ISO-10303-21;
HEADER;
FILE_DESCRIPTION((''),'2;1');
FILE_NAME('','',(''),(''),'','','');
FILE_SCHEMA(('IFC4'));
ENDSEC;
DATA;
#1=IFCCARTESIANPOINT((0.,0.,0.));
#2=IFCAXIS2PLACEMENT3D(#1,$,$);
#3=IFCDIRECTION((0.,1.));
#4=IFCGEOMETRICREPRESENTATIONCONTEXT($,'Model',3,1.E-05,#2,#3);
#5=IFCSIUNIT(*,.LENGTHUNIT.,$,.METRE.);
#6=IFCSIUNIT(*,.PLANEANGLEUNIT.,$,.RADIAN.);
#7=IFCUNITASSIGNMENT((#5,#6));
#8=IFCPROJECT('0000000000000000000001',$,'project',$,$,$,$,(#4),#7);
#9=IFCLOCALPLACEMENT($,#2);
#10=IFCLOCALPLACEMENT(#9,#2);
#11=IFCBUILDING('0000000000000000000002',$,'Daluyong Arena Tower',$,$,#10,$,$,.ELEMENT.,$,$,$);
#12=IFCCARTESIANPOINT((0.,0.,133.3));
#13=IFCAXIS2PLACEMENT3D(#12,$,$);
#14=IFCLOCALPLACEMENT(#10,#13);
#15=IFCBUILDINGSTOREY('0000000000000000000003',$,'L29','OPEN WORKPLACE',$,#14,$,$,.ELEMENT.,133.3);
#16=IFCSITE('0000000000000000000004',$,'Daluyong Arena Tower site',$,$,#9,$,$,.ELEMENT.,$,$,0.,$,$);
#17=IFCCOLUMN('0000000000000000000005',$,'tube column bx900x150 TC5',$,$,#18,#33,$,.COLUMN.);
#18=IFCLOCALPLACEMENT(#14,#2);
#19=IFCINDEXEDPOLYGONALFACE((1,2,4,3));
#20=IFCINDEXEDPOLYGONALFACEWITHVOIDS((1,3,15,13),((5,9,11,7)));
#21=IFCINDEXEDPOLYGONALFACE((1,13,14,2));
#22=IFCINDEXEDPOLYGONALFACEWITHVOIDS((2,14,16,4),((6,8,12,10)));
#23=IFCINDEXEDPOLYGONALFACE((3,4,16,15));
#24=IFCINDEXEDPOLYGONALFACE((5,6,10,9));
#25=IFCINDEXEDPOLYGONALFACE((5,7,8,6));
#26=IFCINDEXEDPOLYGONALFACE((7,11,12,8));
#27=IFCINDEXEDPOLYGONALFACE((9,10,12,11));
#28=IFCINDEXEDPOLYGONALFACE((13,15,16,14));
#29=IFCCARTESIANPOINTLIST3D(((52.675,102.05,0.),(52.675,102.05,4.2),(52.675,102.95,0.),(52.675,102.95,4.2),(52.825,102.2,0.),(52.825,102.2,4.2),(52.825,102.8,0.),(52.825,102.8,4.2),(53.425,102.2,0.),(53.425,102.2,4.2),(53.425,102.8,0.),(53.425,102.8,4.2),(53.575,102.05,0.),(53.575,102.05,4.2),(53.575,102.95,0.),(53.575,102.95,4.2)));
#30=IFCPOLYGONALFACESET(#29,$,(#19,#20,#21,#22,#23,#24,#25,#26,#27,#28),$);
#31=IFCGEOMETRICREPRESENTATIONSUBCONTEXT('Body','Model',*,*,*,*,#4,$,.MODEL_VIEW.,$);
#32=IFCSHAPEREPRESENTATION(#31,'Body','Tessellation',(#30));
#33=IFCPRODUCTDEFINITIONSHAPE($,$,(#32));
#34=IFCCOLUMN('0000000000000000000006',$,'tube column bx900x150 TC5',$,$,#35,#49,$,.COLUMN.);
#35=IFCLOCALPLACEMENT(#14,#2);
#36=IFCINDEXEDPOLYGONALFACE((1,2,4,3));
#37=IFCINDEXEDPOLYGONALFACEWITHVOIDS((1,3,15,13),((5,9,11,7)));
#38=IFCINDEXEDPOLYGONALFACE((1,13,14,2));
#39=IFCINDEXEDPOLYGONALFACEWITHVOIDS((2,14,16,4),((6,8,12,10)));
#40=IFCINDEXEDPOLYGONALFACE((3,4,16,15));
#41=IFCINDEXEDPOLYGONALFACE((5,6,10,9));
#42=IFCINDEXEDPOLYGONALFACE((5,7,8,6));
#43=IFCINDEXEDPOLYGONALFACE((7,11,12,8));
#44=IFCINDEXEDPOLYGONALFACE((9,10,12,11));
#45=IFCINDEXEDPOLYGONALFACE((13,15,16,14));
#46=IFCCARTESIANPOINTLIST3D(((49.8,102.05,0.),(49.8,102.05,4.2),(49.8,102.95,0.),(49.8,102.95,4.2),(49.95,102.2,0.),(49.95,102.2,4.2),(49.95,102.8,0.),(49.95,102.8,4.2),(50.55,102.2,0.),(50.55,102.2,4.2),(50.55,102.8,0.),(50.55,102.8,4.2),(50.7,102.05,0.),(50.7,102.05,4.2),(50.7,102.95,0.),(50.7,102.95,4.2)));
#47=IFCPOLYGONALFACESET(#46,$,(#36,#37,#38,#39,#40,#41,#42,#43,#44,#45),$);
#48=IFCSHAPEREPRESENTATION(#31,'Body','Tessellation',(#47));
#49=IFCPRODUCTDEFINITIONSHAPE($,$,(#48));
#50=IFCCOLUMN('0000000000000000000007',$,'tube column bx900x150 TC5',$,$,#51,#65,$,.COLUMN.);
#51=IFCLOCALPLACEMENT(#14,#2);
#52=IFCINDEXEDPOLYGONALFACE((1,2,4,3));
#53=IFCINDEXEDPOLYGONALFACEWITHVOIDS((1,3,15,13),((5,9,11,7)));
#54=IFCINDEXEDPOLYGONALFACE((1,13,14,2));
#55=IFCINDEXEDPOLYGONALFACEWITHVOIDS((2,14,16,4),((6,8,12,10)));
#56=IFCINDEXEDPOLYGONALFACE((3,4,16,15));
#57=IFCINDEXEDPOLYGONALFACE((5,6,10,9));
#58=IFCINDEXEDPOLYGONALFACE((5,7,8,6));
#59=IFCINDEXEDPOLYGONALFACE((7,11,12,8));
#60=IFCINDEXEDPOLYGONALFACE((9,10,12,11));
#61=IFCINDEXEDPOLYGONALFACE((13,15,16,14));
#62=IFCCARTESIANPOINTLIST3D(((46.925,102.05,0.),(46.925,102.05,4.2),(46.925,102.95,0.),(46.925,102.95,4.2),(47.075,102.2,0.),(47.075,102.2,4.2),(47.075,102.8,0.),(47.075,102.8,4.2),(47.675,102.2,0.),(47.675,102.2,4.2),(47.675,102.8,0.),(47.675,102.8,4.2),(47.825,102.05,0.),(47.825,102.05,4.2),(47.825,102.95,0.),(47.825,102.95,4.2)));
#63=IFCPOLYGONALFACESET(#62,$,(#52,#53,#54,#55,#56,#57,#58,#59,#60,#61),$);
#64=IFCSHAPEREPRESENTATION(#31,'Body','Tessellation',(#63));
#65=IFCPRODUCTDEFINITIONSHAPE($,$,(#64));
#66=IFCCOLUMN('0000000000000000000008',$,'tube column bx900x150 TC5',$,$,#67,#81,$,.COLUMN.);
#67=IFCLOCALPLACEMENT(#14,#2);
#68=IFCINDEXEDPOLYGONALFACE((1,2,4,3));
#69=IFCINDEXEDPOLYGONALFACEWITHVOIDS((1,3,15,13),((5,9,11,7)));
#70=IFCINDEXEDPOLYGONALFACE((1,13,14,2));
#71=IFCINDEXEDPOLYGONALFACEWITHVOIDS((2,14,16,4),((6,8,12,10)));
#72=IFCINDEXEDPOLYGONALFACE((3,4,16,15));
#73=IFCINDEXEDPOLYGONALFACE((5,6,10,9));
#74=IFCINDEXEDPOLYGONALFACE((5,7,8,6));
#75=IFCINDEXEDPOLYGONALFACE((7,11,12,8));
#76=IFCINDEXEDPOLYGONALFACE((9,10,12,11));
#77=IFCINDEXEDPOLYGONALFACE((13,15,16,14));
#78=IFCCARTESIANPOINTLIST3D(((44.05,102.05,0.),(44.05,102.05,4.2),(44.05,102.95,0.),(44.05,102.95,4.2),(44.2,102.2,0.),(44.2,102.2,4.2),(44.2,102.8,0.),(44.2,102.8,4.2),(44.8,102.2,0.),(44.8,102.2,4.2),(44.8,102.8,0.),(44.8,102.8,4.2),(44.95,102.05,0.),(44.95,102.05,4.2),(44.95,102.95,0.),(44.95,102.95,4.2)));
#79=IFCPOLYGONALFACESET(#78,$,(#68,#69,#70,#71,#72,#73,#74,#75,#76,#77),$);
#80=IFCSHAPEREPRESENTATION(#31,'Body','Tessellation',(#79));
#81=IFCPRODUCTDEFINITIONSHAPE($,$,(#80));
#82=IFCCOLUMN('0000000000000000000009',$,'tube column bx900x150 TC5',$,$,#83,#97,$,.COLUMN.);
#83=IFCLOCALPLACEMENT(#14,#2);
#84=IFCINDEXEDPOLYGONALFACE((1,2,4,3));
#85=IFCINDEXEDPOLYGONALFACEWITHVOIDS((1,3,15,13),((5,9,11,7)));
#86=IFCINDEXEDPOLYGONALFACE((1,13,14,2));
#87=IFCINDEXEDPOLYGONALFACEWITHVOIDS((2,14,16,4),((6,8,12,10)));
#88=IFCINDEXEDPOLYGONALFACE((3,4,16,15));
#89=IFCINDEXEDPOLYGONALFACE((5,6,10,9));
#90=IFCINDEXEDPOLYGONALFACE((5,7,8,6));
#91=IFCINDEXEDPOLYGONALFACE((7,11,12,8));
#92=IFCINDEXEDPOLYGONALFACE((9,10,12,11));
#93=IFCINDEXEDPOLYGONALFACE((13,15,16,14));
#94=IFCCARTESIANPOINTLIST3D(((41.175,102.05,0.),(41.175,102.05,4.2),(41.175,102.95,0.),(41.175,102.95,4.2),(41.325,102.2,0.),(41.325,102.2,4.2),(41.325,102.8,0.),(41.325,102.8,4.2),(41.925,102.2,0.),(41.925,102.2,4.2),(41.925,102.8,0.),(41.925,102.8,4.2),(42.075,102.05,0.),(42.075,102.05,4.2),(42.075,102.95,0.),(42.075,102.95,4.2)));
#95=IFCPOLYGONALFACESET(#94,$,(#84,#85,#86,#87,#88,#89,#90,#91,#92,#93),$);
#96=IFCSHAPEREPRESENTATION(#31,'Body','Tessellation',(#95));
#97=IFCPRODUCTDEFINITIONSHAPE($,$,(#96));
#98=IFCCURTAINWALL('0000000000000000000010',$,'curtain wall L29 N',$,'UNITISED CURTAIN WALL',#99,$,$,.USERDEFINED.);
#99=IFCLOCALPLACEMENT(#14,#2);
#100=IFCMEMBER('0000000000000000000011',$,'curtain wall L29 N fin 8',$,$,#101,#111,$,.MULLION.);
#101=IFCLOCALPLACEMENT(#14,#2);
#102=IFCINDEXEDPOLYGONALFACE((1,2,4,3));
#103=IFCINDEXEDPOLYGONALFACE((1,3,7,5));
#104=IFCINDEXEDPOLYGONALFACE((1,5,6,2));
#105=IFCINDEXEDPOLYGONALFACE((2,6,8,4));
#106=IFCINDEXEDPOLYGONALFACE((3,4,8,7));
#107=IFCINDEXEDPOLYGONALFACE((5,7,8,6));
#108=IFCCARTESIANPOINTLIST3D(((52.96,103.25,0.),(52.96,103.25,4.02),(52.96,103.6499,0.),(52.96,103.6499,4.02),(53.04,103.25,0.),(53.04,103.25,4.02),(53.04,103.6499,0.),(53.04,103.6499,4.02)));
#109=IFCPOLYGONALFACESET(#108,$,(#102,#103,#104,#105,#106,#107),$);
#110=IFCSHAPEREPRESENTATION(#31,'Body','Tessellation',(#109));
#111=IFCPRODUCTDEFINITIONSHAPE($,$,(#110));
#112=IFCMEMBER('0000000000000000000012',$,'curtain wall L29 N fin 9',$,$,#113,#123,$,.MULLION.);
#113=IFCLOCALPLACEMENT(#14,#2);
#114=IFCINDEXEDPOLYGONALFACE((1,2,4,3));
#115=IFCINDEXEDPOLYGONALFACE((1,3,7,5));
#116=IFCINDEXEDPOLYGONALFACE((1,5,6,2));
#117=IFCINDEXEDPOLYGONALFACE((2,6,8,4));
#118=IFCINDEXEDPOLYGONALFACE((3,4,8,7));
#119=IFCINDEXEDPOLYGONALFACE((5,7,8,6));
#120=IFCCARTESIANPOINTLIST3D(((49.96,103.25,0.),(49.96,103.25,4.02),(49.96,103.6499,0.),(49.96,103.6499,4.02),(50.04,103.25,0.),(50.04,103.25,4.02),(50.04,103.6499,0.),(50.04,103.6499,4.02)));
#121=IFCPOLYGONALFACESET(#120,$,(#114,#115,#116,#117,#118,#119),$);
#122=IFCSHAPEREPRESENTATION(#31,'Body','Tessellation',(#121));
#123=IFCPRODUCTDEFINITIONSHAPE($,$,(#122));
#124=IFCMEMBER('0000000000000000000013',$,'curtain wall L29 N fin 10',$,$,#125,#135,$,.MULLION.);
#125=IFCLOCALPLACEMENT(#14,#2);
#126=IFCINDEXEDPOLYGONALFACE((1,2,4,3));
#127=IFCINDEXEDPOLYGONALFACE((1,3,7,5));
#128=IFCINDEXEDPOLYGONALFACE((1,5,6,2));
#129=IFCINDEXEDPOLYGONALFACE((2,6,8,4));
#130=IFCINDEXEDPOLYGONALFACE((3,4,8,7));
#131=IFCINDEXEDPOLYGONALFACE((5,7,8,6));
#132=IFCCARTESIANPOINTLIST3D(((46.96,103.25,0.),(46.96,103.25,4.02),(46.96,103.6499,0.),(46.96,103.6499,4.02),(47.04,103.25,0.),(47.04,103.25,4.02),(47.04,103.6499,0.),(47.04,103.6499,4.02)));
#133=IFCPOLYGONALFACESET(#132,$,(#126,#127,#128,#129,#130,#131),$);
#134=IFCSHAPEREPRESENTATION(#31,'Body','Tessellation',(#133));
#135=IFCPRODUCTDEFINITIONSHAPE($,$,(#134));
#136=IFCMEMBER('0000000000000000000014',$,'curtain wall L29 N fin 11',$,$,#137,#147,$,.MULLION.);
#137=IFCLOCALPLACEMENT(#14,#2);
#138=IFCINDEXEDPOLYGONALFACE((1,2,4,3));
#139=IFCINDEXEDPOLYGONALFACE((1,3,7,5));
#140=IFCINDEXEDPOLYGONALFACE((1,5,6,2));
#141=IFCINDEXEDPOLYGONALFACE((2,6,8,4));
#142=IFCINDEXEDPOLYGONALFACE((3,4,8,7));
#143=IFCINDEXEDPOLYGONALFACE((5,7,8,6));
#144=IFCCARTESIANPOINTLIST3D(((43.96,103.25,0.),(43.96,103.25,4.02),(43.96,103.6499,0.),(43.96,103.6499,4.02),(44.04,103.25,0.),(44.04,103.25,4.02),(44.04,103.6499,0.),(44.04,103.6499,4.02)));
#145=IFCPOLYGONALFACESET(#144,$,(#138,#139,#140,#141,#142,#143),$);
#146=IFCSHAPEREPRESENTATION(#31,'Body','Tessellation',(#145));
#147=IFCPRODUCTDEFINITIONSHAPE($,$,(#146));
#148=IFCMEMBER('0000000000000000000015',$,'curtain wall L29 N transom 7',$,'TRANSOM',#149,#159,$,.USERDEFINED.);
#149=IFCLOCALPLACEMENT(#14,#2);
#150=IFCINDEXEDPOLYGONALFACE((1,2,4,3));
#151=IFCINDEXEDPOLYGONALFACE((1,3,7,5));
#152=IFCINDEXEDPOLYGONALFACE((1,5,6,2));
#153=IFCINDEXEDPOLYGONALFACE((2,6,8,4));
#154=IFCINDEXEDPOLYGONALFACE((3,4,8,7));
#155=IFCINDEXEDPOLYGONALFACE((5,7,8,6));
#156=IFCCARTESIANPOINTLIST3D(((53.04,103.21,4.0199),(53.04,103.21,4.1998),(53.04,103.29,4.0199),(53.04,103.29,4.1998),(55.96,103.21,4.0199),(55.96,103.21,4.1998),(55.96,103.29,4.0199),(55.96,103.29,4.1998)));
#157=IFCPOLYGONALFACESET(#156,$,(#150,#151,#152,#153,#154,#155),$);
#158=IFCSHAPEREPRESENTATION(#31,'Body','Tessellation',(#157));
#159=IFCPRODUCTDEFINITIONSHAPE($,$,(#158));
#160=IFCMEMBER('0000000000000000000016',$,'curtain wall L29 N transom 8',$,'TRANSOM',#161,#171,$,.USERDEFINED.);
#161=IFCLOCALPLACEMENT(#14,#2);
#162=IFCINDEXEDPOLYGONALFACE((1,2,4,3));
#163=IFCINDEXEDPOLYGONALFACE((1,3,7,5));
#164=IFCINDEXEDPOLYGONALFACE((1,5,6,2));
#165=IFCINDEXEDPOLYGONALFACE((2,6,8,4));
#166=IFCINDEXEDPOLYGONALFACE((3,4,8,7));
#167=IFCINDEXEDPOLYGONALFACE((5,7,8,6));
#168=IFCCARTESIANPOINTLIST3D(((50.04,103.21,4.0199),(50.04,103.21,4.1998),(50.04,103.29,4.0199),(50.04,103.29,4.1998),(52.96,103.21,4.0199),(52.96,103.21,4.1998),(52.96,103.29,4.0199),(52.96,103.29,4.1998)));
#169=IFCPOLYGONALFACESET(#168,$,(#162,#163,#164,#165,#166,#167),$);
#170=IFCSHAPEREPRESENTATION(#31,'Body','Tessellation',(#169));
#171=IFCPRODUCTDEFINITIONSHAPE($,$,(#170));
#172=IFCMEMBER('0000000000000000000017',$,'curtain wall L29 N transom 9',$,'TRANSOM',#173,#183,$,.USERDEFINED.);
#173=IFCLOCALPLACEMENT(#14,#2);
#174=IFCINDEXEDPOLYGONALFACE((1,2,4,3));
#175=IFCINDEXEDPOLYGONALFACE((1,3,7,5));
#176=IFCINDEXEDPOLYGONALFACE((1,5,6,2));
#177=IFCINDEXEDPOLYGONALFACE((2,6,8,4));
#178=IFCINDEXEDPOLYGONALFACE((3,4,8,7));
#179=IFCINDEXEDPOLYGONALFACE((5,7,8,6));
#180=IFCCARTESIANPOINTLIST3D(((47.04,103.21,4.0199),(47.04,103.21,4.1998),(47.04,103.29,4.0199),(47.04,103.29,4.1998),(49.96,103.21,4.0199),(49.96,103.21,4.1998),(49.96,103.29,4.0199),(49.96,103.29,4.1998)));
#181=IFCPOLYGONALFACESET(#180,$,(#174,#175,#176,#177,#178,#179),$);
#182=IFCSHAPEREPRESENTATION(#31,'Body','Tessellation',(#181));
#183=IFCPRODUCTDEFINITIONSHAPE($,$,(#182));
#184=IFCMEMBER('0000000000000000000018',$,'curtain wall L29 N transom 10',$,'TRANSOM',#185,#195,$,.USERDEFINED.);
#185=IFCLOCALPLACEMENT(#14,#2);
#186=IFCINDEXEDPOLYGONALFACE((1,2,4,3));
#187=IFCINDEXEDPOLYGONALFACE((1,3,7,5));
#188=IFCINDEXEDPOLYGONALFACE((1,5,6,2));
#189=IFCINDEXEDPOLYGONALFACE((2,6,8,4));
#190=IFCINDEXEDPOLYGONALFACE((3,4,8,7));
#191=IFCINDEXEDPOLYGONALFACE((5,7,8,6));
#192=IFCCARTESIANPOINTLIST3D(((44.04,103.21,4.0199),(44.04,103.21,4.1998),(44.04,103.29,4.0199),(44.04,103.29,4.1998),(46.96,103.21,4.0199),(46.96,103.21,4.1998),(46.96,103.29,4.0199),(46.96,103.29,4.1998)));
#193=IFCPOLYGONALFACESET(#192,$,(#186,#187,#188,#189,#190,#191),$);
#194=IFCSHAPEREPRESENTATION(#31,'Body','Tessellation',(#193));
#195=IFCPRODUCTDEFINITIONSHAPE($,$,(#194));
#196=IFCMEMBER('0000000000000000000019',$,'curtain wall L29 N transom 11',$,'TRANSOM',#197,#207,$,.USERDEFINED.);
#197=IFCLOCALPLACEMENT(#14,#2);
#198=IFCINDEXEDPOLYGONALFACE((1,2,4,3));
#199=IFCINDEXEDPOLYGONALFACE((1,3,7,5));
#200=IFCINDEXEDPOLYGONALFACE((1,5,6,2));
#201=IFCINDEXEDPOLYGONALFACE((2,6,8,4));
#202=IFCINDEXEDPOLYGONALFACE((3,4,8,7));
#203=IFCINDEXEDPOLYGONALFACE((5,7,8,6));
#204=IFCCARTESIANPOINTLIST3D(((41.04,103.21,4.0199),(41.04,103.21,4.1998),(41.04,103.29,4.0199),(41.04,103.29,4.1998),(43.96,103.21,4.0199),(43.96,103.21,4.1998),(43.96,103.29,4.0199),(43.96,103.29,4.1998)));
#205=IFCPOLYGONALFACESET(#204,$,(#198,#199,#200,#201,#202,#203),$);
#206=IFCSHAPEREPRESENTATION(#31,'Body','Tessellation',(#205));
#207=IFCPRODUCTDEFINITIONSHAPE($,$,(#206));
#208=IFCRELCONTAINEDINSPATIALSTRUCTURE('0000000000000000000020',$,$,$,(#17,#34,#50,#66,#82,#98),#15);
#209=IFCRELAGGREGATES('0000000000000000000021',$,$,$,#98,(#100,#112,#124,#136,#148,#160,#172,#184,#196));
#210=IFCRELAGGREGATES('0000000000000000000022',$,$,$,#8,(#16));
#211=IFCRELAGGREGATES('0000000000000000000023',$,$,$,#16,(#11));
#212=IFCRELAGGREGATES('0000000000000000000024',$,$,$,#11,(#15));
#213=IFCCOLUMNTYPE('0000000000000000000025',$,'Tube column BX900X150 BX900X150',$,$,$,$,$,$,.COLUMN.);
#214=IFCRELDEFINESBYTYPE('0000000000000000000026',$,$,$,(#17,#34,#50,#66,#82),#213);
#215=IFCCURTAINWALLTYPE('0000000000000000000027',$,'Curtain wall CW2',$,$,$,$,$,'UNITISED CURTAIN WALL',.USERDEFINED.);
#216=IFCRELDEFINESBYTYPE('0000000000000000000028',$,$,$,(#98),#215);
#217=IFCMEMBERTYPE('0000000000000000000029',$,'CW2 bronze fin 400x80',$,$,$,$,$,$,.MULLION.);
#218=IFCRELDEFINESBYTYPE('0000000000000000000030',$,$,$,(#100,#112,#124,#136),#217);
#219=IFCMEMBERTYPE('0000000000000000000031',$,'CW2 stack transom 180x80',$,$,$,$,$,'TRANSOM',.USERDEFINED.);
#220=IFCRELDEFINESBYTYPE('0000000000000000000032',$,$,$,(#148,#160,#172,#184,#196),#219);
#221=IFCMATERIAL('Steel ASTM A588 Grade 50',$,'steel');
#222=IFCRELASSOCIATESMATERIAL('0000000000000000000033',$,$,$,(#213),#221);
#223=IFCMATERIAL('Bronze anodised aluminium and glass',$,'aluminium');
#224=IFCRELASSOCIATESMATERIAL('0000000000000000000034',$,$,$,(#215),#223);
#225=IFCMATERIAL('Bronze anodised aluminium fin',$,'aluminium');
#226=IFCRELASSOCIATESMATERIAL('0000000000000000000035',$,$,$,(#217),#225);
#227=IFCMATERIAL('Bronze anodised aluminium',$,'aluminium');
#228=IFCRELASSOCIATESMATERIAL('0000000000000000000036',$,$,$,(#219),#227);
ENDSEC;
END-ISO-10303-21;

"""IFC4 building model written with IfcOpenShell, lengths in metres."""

from ifc_helpers import new_model, si_unit, direction, frame, origin, origin_2d, place, context, subcontext, project, spatial, rectangle, hollow_rectangle, extrude, material, material_profile, profile_set, type_object, element, aggregate, save


model = new_model("IFC4")

# Units and contexts
model_context = context("Model", 3, precision=1e-05, world=origin(), true_north=direction((0.0, 1.0)))
body_context = subcontext(model_context, "Body", "Model", "MODEL_VIEW")
ifc_project = project(units=[si_unit("LENGTHUNIT", "METRE"), si_unit("PLANEANGLEUNIT", "RADIAN")], contexts=[model_context])

# Site, building, storey
site_placement = place(None, origin())
site = spatial("IfcSite", under=ifc_project, at=site_placement, Name="Daluyong Arena Tower site", CompositionType="ELEMENT", RefElevation=0.0)
building_placement = place(site_placement, origin())
building = spatial("IfcBuilding", under=site, at=building_placement, Name="Daluyong Arena Tower", CompositionType="ELEMENT")
storey_placement = place(building_placement, frame((0.0, 0.0, 133.3)))
storey = spatial("IfcBuildingStorey", under=building, at=storey_placement, Name="L29", Description="OPEN WORKPLACE", CompositionType="ELEMENT", Elevation=133.3)

# Columns
ifc_material_1 = material(Name="Steel ASTM A588 Grade 50", Category="steel")
ifc_material_profile_1 = material_profile(ifc_material_1, hollow_rectangle(XDim=0.8999, YDim=0.8999, WallThickness=0.15, at=origin_2d()))
ifc_profile_set_1 = profile_set([ifc_material_profile_1], Name="Steel ASTM A588 Grade 50")
column_type = type_object("IfcColumnType", Name="Tube column BX900X150 BX900X150", PredefinedType="COLUMN", material=ifc_profile_set_1)
for number, where, z_axis, x_axis, name in (
    (1, (53.125, 102.5, 0.0), (0.0, 0.0, 1.0), (1.0, 0.0, 0.0), "tube column bx900x150 TC5"),
    (2, (50.25, 102.5, 0.0), (0.0, 0.0, 1.0), (1.0, 0.0, 0.0), "tube column bx900x150 TC5"),
    (3, (47.375, 102.5, 0.0), (0.0, 0.0, 1.0), (1.0, 0.0, 0.0), "tube column bx900x150 TC5"),
    (4, (44.5, 102.5, 0.0), (0.0, 0.0, 1.0), (1.0, 0.0, 0.0), "tube column bx900x150 TC5"),
    (5, (41.625, 102.5, 0.0), (0.0, 0.0, 1.0), (1.0, 0.0, 0.0), "tube column bx900x150 TC5"),
):
    element("IfcColumn", number, at=place(storey_placement, frame(where, z_axis=z_axis, x_axis=x_axis)), inside=storey, type_object=column_type, Name=name, PredefinedType="COLUMN", context=body_context, shape_type="SweptSolid", body=[
        extrude(hollow_rectangle(XDim=0.8999, YDim=0.8999, WallThickness=0.15, at=origin_2d()), origin(), (0.0, 0.0, 1.0), 4.2),
    ])

# Curtain wall, members
ifc_material_2 = material(Name="Bronze anodised aluminium and glass", Category="aluminium")
curtain_wall_type = type_object("IfcCurtainWallType", Name="Curtain wall CW2", ElementType="UNITISED CURTAIN WALL", PredefinedType="USERDEFINED", material=ifc_material_2)
curtain_wall_placement = place(storey_placement, origin())
curtain_wall = element("IfcCurtainWall", 6, at=curtain_wall_placement, inside=storey, type_object=curtain_wall_type, Name="curtain wall L29 N", ObjectType="UNITISED CURTAIN WALL", PredefinedType="USERDEFINED")
ifc_material_3 = material(Name="Bronze anodised aluminium fin", Category="aluminium")
ifc_material_profile_2 = material_profile(ifc_material_3, rectangle(XDim=0.3999, YDim=0.0801, at=origin_2d()))
ifc_profile_set_2 = profile_set([ifc_material_profile_2], Name="Bronze anodised aluminium fin")
member_type_1 = type_object("IfcMemberType", Name="CW2 bronze fin 400x80", PredefinedType="MULLION", material=ifc_profile_set_2)
member_1_placement = place(storey_placement, frame((53.0, 103.45, 0.0), z_axis=(0.0, 0.0, 1.0), x_axis=(0.0, -1.0, 0.0)))
member_1 = element("IfcMember", 7, at=member_1_placement, type_object=member_type_1, Name="curtain wall L29 N fin 8", PredefinedType="MULLION", context=body_context, shape_type="SweptSolid", body=[
    extrude(rectangle(XDim=0.3999, YDim=0.0801, at=origin_2d()), origin(), (0.0, 0.0, 1.0), 4.02),
])
member_2_placement = place(storey_placement, frame((50.0, 103.45, 0.0), z_axis=(0.0, 0.0, 1.0), x_axis=(0.0, -1.0, 0.0)))
member_2 = element("IfcMember", 8, at=member_2_placement, type_object=member_type_1, Name="curtain wall L29 N fin 9", PredefinedType="MULLION", context=body_context, shape_type="SweptSolid", body=[
    extrude(rectangle(XDim=0.3999, YDim=0.0801, at=origin_2d()), origin(), (0.0, 0.0, 1.0), 4.02),
])
member_3_placement = place(storey_placement, frame((47.0, 103.45, 0.0), z_axis=(0.0, 0.0, 1.0), x_axis=(0.0, -1.0, 0.0)))
member_3 = element("IfcMember", 9, at=member_3_placement, type_object=member_type_1, Name="curtain wall L29 N fin 10", PredefinedType="MULLION", context=body_context, shape_type="SweptSolid", body=[
    extrude(rectangle(XDim=0.3999, YDim=0.0801, at=origin_2d()), origin(), (0.0, 0.0, 1.0), 4.02),
])
member_4_placement = place(storey_placement, frame((44.0, 103.45, 0.0), z_axis=(0.0, 0.0, 1.0), x_axis=(0.0, -1.0, 0.0)))
member_4 = element("IfcMember", 10, at=member_4_placement, type_object=member_type_1, Name="curtain wall L29 N fin 11", PredefinedType="MULLION", context=body_context, shape_type="SweptSolid", body=[
    extrude(rectangle(XDim=0.3999, YDim=0.0801, at=origin_2d()), origin(), (0.0, 0.0, 1.0), 4.02),
])
ifc_material_4 = material(Name="Bronze anodised aluminium", Category="aluminium")
ifc_material_profile_3 = material_profile(ifc_material_4, rectangle(XDim=0.0801, YDim=0.1799, at=origin_2d()))
ifc_profile_set_3 = profile_set([ifc_material_profile_3], Name="Bronze anodised aluminium")
member_type_2 = type_object("IfcMemberType", Name="CW2 stack transom 180x80", ElementType="TRANSOM", PredefinedType="USERDEFINED", material=ifc_profile_set_3)
member_5_placement = place(storey_placement, frame((55.96, 103.25, 4.1099), z_axis=(-1.0, 0.0, 0.0), x_axis=(0.0, -1.0, 0.0)))
member_5 = element("IfcMember", 11, at=member_5_placement, type_object=member_type_2, Name="curtain wall L29 N transom 7", ObjectType="TRANSOM", PredefinedType="USERDEFINED", context=body_context, shape_type="SweptSolid", body=[
    extrude(rectangle(XDim=0.0801, YDim=0.1799, at=origin_2d()), origin(), (0.0, 0.0, 1.0), 2.9199),
])
member_6_placement = place(storey_placement, frame((52.96, 103.25, 4.1099), z_axis=(-1.0, 0.0, 0.0), x_axis=(0.0, -1.0, 0.0)))
member_6 = element("IfcMember", 12, at=member_6_placement, type_object=member_type_2, Name="curtain wall L29 N transom 8", ObjectType="TRANSOM", PredefinedType="USERDEFINED", context=body_context, shape_type="SweptSolid", body=[
    extrude(rectangle(XDim=0.0801, YDim=0.1799, at=origin_2d()), origin(), (0.0, 0.0, 1.0), 2.9199),
])
member_7_placement = place(storey_placement, frame((49.96, 103.25, 4.1099), z_axis=(-1.0, 0.0, 0.0), x_axis=(0.0, -1.0, 0.0)))
member_7 = element("IfcMember", 13, at=member_7_placement, type_object=member_type_2, Name="curtain wall L29 N transom 9", ObjectType="TRANSOM", PredefinedType="USERDEFINED", context=body_context, shape_type="SweptSolid", body=[
    extrude(rectangle(XDim=0.0801, YDim=0.1799, at=origin_2d()), origin(), (0.0, 0.0, 1.0), 2.9199),
])
member_8_placement = place(storey_placement, frame((46.96, 103.25, 4.1099), z_axis=(-1.0, 0.0, 0.0), x_axis=(0.0, -1.0, 0.0)))
member_8 = element("IfcMember", 14, at=member_8_placement, type_object=member_type_2, Name="curtain wall L29 N transom 10", ObjectType="TRANSOM", PredefinedType="USERDEFINED", context=body_context, shape_type="SweptSolid", body=[
    extrude(rectangle(XDim=0.0801, YDim=0.1799, at=origin_2d()), origin(), (0.0, 0.0, 1.0), 2.9199),
])
member_9_placement = place(storey_placement, frame((43.96, 103.25, 4.1099), z_axis=(-1.0, 0.0, 0.0), x_axis=(0.0, -1.0, 0.0)))
member_9 = element("IfcMember", 15, at=member_9_placement, type_object=member_type_2, Name="curtain wall L29 N transom 11", ObjectType="TRANSOM", PredefinedType="USERDEFINED", context=body_context, shape_type="SweptSolid", body=[
    extrude(rectangle(XDim=0.0801, YDim=0.1799, at=origin_2d()), origin(), (0.0, 0.0, 1.0), 2.9199),
])

aggregate(curtain_wall, [member_1, member_2, member_3, member_4, member_5, member_6, member_7, member_8, member_9])

save(model, "model.ifc")
